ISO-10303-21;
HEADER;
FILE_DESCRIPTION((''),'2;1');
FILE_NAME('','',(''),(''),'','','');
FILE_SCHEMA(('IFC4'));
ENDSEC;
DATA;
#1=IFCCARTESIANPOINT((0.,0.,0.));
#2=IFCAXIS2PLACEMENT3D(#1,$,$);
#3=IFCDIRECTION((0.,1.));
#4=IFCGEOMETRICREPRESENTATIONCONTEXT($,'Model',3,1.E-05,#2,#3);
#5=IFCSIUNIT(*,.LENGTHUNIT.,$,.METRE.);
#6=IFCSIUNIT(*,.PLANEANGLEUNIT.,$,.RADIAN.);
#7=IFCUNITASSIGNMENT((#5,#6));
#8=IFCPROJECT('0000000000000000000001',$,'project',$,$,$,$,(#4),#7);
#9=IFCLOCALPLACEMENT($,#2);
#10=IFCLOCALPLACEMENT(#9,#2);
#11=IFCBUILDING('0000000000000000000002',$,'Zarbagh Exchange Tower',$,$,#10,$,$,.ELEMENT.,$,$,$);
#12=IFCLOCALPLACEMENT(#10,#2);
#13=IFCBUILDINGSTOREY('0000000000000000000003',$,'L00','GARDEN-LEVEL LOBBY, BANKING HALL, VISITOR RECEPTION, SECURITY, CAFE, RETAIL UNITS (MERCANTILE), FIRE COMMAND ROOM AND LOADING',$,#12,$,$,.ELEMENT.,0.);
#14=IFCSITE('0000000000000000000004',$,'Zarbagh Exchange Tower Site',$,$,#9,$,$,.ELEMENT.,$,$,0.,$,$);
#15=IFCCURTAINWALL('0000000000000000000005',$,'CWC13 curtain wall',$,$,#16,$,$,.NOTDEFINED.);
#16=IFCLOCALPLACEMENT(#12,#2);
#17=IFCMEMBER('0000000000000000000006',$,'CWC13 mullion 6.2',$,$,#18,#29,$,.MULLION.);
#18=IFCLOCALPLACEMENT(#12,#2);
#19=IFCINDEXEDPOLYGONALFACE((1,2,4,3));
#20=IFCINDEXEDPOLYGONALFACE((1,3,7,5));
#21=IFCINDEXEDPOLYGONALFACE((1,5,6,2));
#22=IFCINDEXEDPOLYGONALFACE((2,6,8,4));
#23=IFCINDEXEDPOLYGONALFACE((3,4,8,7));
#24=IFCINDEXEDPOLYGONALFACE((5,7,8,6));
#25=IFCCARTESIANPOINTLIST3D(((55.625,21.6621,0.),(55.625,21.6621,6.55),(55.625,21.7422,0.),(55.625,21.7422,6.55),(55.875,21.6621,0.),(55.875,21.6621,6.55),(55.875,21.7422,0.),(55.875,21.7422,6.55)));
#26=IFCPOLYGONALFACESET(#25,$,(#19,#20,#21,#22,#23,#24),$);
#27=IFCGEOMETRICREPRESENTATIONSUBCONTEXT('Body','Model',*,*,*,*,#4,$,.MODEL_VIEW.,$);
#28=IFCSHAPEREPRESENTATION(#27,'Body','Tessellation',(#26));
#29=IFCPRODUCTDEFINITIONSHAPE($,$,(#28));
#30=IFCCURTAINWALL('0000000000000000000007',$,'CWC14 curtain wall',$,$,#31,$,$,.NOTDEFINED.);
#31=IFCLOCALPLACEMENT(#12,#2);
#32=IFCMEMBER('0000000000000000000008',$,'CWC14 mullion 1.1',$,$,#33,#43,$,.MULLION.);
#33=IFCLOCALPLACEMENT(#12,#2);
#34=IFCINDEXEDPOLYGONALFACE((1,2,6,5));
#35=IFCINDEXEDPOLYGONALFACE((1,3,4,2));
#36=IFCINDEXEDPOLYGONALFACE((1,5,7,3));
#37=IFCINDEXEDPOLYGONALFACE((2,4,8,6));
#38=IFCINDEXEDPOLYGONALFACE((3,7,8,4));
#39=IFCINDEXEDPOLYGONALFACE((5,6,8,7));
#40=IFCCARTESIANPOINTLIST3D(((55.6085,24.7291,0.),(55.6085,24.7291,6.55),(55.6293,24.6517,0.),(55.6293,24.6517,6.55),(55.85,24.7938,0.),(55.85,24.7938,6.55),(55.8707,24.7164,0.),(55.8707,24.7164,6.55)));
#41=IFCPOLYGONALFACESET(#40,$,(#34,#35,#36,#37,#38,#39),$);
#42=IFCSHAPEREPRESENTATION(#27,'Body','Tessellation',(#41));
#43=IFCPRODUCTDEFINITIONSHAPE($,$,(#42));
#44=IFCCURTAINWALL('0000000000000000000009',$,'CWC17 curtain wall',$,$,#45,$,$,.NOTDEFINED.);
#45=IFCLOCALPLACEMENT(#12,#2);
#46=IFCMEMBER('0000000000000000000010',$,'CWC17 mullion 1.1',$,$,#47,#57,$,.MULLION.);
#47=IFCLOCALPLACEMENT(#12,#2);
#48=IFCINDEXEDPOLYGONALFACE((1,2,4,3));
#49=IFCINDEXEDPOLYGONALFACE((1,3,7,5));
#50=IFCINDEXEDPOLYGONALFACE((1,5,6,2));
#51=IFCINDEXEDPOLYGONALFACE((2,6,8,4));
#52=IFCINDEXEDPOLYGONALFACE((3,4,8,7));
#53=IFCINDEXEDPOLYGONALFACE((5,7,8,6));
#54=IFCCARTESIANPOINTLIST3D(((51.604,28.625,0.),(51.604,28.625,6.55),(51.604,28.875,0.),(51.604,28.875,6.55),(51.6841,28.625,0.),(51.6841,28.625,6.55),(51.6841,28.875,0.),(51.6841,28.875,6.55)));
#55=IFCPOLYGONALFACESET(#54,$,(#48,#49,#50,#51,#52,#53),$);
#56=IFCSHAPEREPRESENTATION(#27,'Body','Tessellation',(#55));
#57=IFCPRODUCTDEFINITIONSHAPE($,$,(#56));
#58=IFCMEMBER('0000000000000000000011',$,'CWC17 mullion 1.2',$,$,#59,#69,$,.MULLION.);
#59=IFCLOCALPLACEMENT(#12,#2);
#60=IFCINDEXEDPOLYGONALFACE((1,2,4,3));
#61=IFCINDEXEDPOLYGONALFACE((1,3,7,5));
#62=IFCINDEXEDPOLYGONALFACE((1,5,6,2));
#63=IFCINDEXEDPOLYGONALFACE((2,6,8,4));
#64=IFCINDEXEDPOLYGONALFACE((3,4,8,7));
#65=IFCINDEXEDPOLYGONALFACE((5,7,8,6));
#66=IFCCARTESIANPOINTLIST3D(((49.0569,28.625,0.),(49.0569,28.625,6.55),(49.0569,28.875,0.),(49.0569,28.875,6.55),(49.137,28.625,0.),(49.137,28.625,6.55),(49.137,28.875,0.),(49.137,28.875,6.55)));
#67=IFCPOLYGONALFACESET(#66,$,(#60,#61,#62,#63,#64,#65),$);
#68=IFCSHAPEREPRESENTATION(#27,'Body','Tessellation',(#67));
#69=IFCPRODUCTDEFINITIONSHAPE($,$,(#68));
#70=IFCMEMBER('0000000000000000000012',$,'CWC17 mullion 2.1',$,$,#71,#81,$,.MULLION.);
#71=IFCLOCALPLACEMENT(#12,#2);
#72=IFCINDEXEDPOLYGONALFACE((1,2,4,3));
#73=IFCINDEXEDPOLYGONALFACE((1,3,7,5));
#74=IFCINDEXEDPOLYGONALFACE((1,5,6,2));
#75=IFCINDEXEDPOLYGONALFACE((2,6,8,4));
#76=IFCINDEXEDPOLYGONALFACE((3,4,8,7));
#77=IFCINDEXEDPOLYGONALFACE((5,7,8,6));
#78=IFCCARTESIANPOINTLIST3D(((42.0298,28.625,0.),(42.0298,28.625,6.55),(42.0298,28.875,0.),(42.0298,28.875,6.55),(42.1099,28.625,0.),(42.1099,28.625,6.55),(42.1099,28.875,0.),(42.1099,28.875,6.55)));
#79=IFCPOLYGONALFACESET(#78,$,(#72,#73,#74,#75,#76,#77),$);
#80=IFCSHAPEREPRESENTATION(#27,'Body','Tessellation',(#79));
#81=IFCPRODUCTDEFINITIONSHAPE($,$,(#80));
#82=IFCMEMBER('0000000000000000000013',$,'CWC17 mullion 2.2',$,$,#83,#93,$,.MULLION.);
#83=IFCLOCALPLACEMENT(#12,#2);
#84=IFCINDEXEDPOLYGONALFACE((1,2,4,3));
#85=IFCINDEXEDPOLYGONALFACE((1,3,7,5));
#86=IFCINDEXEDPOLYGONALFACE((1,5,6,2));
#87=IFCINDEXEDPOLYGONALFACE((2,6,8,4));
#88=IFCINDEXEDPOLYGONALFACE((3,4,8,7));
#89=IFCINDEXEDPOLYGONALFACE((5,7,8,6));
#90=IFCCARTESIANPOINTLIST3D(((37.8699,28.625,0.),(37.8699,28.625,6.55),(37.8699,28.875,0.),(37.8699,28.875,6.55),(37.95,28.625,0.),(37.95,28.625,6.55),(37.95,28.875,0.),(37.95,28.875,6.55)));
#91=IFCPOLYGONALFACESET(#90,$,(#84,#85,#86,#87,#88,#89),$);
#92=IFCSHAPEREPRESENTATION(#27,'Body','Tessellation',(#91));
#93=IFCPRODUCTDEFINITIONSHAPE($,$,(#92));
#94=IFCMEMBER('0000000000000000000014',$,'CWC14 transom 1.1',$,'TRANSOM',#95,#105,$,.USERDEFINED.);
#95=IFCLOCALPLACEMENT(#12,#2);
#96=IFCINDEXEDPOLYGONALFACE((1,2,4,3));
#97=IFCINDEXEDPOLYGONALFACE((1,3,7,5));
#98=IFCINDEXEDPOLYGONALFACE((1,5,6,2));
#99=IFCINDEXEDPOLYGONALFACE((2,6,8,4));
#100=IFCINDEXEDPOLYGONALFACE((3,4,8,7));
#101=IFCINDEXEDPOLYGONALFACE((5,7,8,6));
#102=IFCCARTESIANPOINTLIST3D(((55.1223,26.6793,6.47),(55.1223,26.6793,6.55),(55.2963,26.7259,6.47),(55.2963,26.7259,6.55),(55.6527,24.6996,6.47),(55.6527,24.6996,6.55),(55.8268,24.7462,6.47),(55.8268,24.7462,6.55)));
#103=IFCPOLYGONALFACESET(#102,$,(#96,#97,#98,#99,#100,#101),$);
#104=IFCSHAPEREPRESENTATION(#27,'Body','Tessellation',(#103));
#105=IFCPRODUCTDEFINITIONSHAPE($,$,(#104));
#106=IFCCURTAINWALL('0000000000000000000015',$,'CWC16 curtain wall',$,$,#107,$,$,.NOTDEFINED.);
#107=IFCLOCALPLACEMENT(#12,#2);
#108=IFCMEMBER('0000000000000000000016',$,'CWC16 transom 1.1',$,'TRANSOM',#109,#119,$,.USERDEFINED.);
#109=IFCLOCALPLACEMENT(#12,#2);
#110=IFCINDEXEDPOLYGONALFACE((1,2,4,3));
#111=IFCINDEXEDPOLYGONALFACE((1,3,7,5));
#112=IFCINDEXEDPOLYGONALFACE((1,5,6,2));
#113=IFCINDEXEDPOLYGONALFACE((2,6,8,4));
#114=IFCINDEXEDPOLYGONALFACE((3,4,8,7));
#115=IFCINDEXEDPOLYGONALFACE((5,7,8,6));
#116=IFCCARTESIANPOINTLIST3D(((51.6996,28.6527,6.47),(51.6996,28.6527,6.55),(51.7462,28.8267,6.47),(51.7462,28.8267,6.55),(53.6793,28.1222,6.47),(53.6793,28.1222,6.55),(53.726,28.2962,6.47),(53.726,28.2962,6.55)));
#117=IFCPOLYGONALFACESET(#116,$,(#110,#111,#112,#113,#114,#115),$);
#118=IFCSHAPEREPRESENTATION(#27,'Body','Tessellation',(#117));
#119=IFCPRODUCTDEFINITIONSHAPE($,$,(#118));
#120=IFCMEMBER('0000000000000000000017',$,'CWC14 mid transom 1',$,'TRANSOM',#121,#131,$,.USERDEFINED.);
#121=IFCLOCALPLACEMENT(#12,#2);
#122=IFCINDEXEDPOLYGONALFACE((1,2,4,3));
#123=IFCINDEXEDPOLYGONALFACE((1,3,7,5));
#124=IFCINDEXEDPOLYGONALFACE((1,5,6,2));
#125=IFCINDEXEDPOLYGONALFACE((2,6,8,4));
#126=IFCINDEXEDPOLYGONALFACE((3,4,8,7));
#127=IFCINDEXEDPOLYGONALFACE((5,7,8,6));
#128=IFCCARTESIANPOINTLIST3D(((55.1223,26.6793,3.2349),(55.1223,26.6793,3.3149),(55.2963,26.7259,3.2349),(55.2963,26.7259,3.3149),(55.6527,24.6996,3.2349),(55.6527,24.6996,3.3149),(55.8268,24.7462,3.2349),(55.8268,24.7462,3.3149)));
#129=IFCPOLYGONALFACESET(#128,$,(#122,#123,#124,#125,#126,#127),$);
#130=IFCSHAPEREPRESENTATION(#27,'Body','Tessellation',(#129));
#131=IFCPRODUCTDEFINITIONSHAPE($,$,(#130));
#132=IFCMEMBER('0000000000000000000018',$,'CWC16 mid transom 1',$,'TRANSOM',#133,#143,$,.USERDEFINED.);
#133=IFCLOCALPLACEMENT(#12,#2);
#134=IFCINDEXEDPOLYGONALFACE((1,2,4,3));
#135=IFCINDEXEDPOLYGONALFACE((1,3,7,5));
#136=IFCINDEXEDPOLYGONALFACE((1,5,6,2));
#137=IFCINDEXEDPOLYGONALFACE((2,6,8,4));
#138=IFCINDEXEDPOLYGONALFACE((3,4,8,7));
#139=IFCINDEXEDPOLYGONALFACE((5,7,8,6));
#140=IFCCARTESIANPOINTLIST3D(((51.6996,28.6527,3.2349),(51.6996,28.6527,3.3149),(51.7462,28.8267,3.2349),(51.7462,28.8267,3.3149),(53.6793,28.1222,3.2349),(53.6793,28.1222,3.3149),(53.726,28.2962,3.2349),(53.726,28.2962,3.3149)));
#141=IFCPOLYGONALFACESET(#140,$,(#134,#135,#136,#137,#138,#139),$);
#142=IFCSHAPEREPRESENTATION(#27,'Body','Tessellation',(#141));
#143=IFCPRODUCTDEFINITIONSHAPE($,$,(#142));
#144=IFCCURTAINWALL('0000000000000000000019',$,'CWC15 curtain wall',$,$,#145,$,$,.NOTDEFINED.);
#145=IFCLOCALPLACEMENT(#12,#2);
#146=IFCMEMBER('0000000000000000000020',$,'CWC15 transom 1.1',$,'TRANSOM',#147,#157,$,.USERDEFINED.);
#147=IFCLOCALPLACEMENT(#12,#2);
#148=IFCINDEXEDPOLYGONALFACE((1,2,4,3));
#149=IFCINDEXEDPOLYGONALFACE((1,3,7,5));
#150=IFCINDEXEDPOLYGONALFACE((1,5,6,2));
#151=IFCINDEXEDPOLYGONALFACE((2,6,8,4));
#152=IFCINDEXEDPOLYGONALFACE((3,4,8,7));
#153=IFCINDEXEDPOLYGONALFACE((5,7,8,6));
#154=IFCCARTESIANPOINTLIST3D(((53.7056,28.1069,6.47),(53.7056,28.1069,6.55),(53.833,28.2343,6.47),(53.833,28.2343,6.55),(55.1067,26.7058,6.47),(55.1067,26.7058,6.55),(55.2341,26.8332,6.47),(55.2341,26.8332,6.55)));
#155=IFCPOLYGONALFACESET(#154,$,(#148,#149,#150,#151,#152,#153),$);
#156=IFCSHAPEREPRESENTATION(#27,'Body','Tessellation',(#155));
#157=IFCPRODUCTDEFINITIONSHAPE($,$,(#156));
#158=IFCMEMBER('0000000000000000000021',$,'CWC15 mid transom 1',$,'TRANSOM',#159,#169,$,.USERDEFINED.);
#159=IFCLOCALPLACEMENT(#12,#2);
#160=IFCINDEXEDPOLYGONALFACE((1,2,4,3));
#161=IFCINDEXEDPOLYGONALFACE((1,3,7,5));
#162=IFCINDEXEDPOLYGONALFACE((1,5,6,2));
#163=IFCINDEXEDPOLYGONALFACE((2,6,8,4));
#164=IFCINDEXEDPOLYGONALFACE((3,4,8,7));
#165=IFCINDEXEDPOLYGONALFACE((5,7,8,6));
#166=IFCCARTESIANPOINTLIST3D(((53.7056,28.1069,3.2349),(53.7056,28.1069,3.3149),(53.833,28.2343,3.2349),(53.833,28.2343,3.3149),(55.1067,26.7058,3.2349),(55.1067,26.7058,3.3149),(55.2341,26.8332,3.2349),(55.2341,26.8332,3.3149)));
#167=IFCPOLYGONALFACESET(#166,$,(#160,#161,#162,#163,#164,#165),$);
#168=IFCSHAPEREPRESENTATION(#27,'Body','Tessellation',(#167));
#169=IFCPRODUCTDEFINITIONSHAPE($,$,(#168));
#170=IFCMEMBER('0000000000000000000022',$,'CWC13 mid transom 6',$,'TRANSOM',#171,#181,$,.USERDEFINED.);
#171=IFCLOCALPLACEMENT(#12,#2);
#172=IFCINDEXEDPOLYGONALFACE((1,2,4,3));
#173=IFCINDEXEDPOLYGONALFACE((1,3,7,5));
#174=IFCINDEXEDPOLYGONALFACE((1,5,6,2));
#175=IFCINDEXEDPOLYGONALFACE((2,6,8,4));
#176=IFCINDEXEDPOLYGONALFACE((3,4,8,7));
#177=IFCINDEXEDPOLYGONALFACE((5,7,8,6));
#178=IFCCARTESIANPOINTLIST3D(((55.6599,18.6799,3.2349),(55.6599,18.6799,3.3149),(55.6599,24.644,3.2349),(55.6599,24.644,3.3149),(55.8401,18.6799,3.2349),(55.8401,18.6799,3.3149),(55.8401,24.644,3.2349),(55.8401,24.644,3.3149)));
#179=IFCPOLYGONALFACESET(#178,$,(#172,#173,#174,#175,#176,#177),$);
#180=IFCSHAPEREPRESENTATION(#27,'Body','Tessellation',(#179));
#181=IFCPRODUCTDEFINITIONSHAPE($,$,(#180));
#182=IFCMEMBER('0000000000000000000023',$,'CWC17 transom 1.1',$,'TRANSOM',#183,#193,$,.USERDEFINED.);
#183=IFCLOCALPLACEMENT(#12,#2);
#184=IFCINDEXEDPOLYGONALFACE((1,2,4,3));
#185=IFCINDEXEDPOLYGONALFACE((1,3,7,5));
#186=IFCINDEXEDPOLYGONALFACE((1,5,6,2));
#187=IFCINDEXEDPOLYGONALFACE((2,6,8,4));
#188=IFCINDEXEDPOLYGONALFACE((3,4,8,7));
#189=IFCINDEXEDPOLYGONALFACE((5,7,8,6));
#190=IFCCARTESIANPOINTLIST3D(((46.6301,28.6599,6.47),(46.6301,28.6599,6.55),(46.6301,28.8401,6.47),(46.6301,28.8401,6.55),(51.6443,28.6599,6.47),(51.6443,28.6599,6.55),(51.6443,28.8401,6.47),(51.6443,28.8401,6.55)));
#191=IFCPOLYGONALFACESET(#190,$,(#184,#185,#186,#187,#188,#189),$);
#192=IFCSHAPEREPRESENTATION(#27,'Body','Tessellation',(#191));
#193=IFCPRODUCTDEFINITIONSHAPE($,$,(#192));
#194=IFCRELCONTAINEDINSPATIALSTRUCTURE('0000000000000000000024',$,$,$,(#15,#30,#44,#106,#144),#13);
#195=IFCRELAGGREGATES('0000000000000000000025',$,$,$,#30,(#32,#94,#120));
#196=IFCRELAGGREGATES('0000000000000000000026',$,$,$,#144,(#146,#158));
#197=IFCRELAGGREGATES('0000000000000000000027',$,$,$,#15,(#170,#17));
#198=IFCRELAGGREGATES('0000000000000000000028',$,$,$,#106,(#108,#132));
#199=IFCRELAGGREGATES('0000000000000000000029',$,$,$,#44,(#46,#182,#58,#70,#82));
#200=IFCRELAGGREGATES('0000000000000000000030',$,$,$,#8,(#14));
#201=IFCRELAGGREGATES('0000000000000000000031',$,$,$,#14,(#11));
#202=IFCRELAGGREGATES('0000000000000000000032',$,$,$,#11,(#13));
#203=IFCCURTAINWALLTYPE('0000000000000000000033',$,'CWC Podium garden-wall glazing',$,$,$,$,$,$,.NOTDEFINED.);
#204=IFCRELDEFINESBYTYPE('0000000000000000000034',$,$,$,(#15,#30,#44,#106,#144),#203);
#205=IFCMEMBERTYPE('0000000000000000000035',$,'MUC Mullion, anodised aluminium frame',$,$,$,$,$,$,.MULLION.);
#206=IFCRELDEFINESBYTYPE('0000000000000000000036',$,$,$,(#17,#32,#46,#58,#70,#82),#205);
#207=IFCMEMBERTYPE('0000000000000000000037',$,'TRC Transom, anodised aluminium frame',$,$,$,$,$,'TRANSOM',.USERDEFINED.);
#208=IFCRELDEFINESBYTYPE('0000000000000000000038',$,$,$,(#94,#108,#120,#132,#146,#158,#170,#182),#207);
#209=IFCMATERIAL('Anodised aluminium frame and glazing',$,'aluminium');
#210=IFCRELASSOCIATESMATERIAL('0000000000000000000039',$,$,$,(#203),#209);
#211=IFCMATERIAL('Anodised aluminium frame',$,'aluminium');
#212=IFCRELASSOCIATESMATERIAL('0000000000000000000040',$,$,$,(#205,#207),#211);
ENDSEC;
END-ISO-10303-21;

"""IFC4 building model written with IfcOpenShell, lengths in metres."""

from ifc_helpers import new_model, si_unit, direction, origin, place, context, subcontext, project, spatial, polyline, outline, extrude, source, transform, mapped, material, type_object, element, aggregate, save


model = new_model("IFC4")

# Units and contexts
model_context = context("Model", 3, precision=1e-05, world=origin(), true_north=direction((0.0, 1.0)))
body_context = subcontext(model_context, "Body", "Model", "MODEL_VIEW")
ifc_project = project(units=[si_unit("LENGTHUNIT", "METRE"), si_unit("PLANEANGLEUNIT", "RADIAN")], contexts=[model_context])

# Site, building, storey
site_placement = place(None, origin())
site = spatial("IfcSite", under=ifc_project, at=site_placement, Name="Zarbagh Exchange Tower Site", CompositionType="ELEMENT", RefElevation=0.0)
building_placement = place(site_placement, origin())
building = spatial("IfcBuilding", under=site, at=building_placement, Name="Zarbagh Exchange Tower", CompositionType="ELEMENT")
storey_placement = place(building_placement, origin())
storey = spatial("IfcBuildingStorey", under=building, at=storey_placement, Name="L00", Description="GARDEN-LEVEL LOBBY, BANKING HALL, VISITOR RECEPTION, SECURITY, CAFE, RETAIL UNITS (MERCANTILE), FIRE COMMAND ROOM AND LOADING", CompositionType="ELEMENT", Elevation=0.0)

# Curtain walls, members
ifc_material_1 = material(Name="Anodised aluminium frame and glazing", Category="aluminium")
curtain_wall_type = type_object("IfcCurtainWallType", Name="CWC Podium garden-wall glazing", PredefinedType="NOTDEFINED", material=ifc_material_1)
curtain_wall_1_placement = place(storey_placement, origin())
curtain_wall_1 = element("IfcCurtainWall", 1, at=curtain_wall_1_placement, inside=storey, type_object=curtain_wall_type, Name="CWC13 curtain wall", PredefinedType="NOTDEFINED")
ifc_material_2 = material(Name="Anodised aluminium frame", Category="aluminium")
member_type_1 = type_object("IfcMemberType", Name="MUC Mullion, anodised aluminium frame", PredefinedType="MULLION", material=ifc_material_2)
shared_shape_1 = source(origin(), body_context, "Body", "SweptSolid", [
    extrude(outline(polyline([(0.0, -0.125), (0.0801, -0.125), (0.0801, 0.125), (0.0, 0.125), (0.0, -0.125)])), origin(), (0.0, 0.0, 1.0), 6.55),
])
placement = place(storey_placement, origin())
member_1 = element("IfcMember", 2, at=placement, type_object=member_type_1, Name="CWC13 mullion 6.2", PredefinedType="MULLION", context=body_context, shape_type="MappedRepresentation", body=[
    mapped(shared_shape_1, transform((55.75, 21.6621, 0.0), x_axis=(0.0, 1.0, 0.0), y_axis=(-1.0, 0.0, 0.0), z_axis=(0.0, 0.0, 1.0))),
])
curtain_wall_2_placement = place(storey_placement, origin())
curtain_wall_2 = element("IfcCurtainWall", 3, at=curtain_wall_2_placement, inside=storey, type_object=curtain_wall_type, Name="CWC14 curtain wall", PredefinedType="NOTDEFINED")
member_2 = element("IfcMember", 4, at=placement, type_object=member_type_1, Name="CWC14 mullion 1.1", PredefinedType="MULLION", context=body_context, shape_type="MappedRepresentation", body=[
    mapped(shared_shape_1, transform((55.75, 24.6841, 0.0), x_axis=(-0.258825, 0.965924, 0.0), y_axis=(-0.965924, -0.258825, 0.0), z_axis=(0.0, 0.0, 1.0))),
])

# Curtain wall, members
curtain_wall_3_placement = place(storey_placement, origin())
curtain_wall_3 = element("IfcCurtainWall", 5, at=curtain_wall_3_placement, inside=storey, type_object=curtain_wall_type, Name="CWC17 curtain wall", PredefinedType="NOTDEFINED")
member_3 = element("IfcMember", 6, at=placement, type_object=member_type_1, Name="CWC17 mullion 1.1", PredefinedType="MULLION", context=body_context, shape_type="MappedRepresentation", body=[
    mapped(shared_shape_1, transform((51.6841, 28.75, 0.0), x_axis=(-1.0, 0.0, 0.0), y_axis=(0.0, -1.0, 0.0), z_axis=(0.0, 0.0, 1.0))),
])
member_4 = element("IfcMember", 7, at=placement, type_object=member_type_1, Name="CWC17 mullion 1.2", PredefinedType="MULLION", context=body_context, shape_type="MappedRepresentation", body=[
    mapped(shared_shape_1, transform((49.137, 28.75, 0.0), x_axis=(-1.0, 0.0, 0.0), y_axis=(0.0, -1.0, 0.0), z_axis=(0.0, 0.0, 1.0))),
])
member_5 = element("IfcMember", 8, at=placement, type_object=member_type_1, Name="CWC17 mullion 2.1", PredefinedType="MULLION", context=body_context, shape_type="MappedRepresentation", body=[
    mapped(shared_shape_1, transform((42.1099, 28.75, 0.0), x_axis=(-1.0, 0.0, 0.0), y_axis=(0.0, -1.0, 0.0), z_axis=(0.0, 0.0, 1.0))),
])
member_6 = element("IfcMember", 9, at=placement, type_object=member_type_1, Name="CWC17 mullion 2.2", PredefinedType="MULLION", context=body_context, shape_type="MappedRepresentation", body=[
    mapped(shared_shape_1, transform((37.95, 28.75, 0.0), x_axis=(-1.0, 0.0, 0.0), y_axis=(0.0, -1.0, 0.0), z_axis=(0.0, 0.0, 1.0))),
])

# Member
member_type_2 = type_object("IfcMemberType", Name="TRC Transom, anodised aluminium frame", ElementType="TRANSOM", PredefinedType="USERDEFINED", material=ifc_material_2)
shared_shape_2 = source(origin(), body_context, "Body", "SweptSolid", [
    extrude(outline(polyline([(-0.0801, -0.0901), (0.0, -0.0901), (0.0, 0.0901), (-0.0801, 0.0901), (-0.0801, -0.0901)])), origin(), (0.0, 0.0, 1.0), 2.0496),
])
member_7 = element("IfcMember", 10, at=placement, type_object=member_type_2, Name="CWC14 transom 1.1", ObjectType="TRANSOM", PredefinedType="USERDEFINED", context=body_context, shape_type="MappedRepresentation", body=[
    mapped(shared_shape_2, transform((55.7397, 24.7229, 6.55), x_axis=(0.0, 0.0, 1.0), y_axis=(0.965924, 0.258825, 0.0), z_axis=(-0.258825, 0.965924, 0.0))),
])

# Curtain wall, member
curtain_wall_4_placement = place(storey_placement, origin())
curtain_wall_4 = element("IfcCurtainWall", 11, at=curtain_wall_4_placement, inside=storey, type_object=curtain_wall_type, Name="CWC16 curtain wall", PredefinedType="NOTDEFINED")
member_8 = element("IfcMember", 12, at=placement, type_object=member_type_2, Name="CWC16 transom 1.1", ObjectType="TRANSOM", PredefinedType="USERDEFINED", context=body_context, shape_type="MappedRepresentation", body=[
    mapped(shared_shape_2, transform((53.7026, 28.2092, 6.55), x_axis=(0.0, 0.0, 1.0), y_axis=(0.258825, 0.965924, 0.0), z_axis=(-0.965924, 0.258825, 0.0))),
])

# Members
shared_shape_3 = source(origin(), body_context, "Body", "SweptSolid", [
    extrude(outline(polyline([(-0.04, -0.0901), (0.04, -0.0901), (0.04, 0.0901), (-0.04, 0.0901), (-0.04, -0.0901)])), origin(), (0.0, 0.0, 1.0), 2.0496),
])
member_9 = element("IfcMember", 13, at=placement, type_object=member_type_2, Name="CWC14 mid transom 1", ObjectType="TRANSOM", PredefinedType="USERDEFINED", context=body_context, shape_type="MappedRepresentation", body=[
    mapped(shared_shape_3, transform((55.7397, 24.7229, 3.2749), x_axis=(0.0, 0.0, 1.0), y_axis=(0.965924, 0.258825, 0.0), z_axis=(-0.258825, 0.965924, 0.0))),
])
member_10 = element("IfcMember", 14, at=placement, type_object=member_type_2, Name="CWC16 mid transom 1", ObjectType="TRANSOM", PredefinedType="USERDEFINED", context=body_context, shape_type="MappedRepresentation", body=[
    mapped(shared_shape_3, transform((53.7026, 28.2092, 3.2749), x_axis=(0.0, 0.0, 1.0), y_axis=(0.258825, 0.965924, 0.0), z_axis=(-0.965924, 0.258825, 0.0))),
])

# Curtain wall, members
curtain_wall_5_placement = place(storey_placement, origin())
curtain_wall_5 = element("IfcCurtainWall", 15, at=curtain_wall_5_placement, inside=storey, type_object=curtain_wall_type, Name="CWC15 curtain wall", PredefinedType="NOTDEFINED")
shared_shape_4 = source(origin(), body_context, "Body", "SweptSolid", [
    extrude(outline(polyline([(-0.0801, -0.0901), (0.0, -0.0901), (0.0, 0.0901), (-0.0801, 0.0901), (-0.0801, -0.0901)])), origin(), (0.0, 0.0, 1.0), 1.9814),
])
member_11 = element("IfcMember", 16, at=placement, type_object=member_type_2, Name="CWC15 transom 1.1", ObjectType="TRANSOM", PredefinedType="USERDEFINED", context=body_context, shape_type="MappedRepresentation", body=[
    mapped(shared_shape_4, transform((55.1704, 26.7695, 6.55), x_axis=(0.0, 0.0, 1.0), y_axis=(0.707107, 0.707107, 0.0), z_axis=(-0.707107, 0.707107, 0.0))),
])
shared_shape_5 = source(origin(), body_context, "Body", "SweptSolid", [
    extrude(outline(polyline([(-0.04, -0.0901), (0.04, -0.0901), (0.04, 0.0901), (-0.04, 0.0901), (-0.04, -0.0901)])), origin(), (0.0, 0.0, 1.0), 1.9814),
])
member_12 = element("IfcMember", 17, at=placement, type_object=member_type_2, Name="CWC15 mid transom 1", ObjectType="TRANSOM", PredefinedType="USERDEFINED", context=body_context, shape_type="MappedRepresentation", body=[
    mapped(shared_shape_5, transform((55.1704, 26.7695, 3.2749), x_axis=(0.0, 0.0, 1.0), y_axis=(0.707107, 0.707107, 0.0), z_axis=(-0.707107, 0.707107, 0.0))),
])

# Members
shared_shape_6 = source(origin(), body_context, "Body", "SweptSolid", [
    extrude(outline(polyline([(-0.04, -0.0901), (0.04, -0.0901), (0.04, 0.0901), (-0.04, 0.0901), (-0.04, -0.0901)])), origin(), (0.0, 0.0, 1.0), 5.9641),
])
member_13 = element("IfcMember", 18, at=placement, type_object=member_type_2, Name="CWC13 mid transom 6", ObjectType="TRANSOM", PredefinedType="USERDEFINED", context=body_context, shape_type="MappedRepresentation", body=[
    mapped(shared_shape_6, transform((55.75, 18.6799, 3.2749), x_axis=(0.0, 0.0, 1.0), y_axis=(1.0, 0.0, 0.0), z_axis=(0.0, 1.0, 0.0))),
])
shared_shape_7 = source(origin(), body_context, "Body", "SweptSolid", [
    extrude(outline(polyline([(-0.0801, -0.0901), (0.0, -0.0901), (0.0, 0.0901), (-0.0801, 0.0901), (-0.0801, -0.0901)])), origin(), (0.0, 0.0, 1.0), 5.0142),
])
member_14 = element("IfcMember", 19, at=placement, type_object=member_type_2, Name="CWC17 transom 1.1", ObjectType="TRANSOM", PredefinedType="USERDEFINED", context=body_context, shape_type="MappedRepresentation", body=[
    mapped(shared_shape_7, transform((51.6443, 28.75, 6.55), x_axis=(0.0, 0.0, 1.0), y_axis=(0.0, 1.0, 0.0), z_axis=(-1.0, 0.0, 0.0))),
])

aggregate(curtain_wall_2, [member_2, member_7, member_9])
aggregate(curtain_wall_5, [member_11, member_12])
aggregate(curtain_wall_1, [member_13, member_1])
aggregate(curtain_wall_4, [member_8, member_10])
aggregate(curtain_wall_3, [member_3, member_14, member_4, member_5, member_6])

save(model, "model.ifc")
